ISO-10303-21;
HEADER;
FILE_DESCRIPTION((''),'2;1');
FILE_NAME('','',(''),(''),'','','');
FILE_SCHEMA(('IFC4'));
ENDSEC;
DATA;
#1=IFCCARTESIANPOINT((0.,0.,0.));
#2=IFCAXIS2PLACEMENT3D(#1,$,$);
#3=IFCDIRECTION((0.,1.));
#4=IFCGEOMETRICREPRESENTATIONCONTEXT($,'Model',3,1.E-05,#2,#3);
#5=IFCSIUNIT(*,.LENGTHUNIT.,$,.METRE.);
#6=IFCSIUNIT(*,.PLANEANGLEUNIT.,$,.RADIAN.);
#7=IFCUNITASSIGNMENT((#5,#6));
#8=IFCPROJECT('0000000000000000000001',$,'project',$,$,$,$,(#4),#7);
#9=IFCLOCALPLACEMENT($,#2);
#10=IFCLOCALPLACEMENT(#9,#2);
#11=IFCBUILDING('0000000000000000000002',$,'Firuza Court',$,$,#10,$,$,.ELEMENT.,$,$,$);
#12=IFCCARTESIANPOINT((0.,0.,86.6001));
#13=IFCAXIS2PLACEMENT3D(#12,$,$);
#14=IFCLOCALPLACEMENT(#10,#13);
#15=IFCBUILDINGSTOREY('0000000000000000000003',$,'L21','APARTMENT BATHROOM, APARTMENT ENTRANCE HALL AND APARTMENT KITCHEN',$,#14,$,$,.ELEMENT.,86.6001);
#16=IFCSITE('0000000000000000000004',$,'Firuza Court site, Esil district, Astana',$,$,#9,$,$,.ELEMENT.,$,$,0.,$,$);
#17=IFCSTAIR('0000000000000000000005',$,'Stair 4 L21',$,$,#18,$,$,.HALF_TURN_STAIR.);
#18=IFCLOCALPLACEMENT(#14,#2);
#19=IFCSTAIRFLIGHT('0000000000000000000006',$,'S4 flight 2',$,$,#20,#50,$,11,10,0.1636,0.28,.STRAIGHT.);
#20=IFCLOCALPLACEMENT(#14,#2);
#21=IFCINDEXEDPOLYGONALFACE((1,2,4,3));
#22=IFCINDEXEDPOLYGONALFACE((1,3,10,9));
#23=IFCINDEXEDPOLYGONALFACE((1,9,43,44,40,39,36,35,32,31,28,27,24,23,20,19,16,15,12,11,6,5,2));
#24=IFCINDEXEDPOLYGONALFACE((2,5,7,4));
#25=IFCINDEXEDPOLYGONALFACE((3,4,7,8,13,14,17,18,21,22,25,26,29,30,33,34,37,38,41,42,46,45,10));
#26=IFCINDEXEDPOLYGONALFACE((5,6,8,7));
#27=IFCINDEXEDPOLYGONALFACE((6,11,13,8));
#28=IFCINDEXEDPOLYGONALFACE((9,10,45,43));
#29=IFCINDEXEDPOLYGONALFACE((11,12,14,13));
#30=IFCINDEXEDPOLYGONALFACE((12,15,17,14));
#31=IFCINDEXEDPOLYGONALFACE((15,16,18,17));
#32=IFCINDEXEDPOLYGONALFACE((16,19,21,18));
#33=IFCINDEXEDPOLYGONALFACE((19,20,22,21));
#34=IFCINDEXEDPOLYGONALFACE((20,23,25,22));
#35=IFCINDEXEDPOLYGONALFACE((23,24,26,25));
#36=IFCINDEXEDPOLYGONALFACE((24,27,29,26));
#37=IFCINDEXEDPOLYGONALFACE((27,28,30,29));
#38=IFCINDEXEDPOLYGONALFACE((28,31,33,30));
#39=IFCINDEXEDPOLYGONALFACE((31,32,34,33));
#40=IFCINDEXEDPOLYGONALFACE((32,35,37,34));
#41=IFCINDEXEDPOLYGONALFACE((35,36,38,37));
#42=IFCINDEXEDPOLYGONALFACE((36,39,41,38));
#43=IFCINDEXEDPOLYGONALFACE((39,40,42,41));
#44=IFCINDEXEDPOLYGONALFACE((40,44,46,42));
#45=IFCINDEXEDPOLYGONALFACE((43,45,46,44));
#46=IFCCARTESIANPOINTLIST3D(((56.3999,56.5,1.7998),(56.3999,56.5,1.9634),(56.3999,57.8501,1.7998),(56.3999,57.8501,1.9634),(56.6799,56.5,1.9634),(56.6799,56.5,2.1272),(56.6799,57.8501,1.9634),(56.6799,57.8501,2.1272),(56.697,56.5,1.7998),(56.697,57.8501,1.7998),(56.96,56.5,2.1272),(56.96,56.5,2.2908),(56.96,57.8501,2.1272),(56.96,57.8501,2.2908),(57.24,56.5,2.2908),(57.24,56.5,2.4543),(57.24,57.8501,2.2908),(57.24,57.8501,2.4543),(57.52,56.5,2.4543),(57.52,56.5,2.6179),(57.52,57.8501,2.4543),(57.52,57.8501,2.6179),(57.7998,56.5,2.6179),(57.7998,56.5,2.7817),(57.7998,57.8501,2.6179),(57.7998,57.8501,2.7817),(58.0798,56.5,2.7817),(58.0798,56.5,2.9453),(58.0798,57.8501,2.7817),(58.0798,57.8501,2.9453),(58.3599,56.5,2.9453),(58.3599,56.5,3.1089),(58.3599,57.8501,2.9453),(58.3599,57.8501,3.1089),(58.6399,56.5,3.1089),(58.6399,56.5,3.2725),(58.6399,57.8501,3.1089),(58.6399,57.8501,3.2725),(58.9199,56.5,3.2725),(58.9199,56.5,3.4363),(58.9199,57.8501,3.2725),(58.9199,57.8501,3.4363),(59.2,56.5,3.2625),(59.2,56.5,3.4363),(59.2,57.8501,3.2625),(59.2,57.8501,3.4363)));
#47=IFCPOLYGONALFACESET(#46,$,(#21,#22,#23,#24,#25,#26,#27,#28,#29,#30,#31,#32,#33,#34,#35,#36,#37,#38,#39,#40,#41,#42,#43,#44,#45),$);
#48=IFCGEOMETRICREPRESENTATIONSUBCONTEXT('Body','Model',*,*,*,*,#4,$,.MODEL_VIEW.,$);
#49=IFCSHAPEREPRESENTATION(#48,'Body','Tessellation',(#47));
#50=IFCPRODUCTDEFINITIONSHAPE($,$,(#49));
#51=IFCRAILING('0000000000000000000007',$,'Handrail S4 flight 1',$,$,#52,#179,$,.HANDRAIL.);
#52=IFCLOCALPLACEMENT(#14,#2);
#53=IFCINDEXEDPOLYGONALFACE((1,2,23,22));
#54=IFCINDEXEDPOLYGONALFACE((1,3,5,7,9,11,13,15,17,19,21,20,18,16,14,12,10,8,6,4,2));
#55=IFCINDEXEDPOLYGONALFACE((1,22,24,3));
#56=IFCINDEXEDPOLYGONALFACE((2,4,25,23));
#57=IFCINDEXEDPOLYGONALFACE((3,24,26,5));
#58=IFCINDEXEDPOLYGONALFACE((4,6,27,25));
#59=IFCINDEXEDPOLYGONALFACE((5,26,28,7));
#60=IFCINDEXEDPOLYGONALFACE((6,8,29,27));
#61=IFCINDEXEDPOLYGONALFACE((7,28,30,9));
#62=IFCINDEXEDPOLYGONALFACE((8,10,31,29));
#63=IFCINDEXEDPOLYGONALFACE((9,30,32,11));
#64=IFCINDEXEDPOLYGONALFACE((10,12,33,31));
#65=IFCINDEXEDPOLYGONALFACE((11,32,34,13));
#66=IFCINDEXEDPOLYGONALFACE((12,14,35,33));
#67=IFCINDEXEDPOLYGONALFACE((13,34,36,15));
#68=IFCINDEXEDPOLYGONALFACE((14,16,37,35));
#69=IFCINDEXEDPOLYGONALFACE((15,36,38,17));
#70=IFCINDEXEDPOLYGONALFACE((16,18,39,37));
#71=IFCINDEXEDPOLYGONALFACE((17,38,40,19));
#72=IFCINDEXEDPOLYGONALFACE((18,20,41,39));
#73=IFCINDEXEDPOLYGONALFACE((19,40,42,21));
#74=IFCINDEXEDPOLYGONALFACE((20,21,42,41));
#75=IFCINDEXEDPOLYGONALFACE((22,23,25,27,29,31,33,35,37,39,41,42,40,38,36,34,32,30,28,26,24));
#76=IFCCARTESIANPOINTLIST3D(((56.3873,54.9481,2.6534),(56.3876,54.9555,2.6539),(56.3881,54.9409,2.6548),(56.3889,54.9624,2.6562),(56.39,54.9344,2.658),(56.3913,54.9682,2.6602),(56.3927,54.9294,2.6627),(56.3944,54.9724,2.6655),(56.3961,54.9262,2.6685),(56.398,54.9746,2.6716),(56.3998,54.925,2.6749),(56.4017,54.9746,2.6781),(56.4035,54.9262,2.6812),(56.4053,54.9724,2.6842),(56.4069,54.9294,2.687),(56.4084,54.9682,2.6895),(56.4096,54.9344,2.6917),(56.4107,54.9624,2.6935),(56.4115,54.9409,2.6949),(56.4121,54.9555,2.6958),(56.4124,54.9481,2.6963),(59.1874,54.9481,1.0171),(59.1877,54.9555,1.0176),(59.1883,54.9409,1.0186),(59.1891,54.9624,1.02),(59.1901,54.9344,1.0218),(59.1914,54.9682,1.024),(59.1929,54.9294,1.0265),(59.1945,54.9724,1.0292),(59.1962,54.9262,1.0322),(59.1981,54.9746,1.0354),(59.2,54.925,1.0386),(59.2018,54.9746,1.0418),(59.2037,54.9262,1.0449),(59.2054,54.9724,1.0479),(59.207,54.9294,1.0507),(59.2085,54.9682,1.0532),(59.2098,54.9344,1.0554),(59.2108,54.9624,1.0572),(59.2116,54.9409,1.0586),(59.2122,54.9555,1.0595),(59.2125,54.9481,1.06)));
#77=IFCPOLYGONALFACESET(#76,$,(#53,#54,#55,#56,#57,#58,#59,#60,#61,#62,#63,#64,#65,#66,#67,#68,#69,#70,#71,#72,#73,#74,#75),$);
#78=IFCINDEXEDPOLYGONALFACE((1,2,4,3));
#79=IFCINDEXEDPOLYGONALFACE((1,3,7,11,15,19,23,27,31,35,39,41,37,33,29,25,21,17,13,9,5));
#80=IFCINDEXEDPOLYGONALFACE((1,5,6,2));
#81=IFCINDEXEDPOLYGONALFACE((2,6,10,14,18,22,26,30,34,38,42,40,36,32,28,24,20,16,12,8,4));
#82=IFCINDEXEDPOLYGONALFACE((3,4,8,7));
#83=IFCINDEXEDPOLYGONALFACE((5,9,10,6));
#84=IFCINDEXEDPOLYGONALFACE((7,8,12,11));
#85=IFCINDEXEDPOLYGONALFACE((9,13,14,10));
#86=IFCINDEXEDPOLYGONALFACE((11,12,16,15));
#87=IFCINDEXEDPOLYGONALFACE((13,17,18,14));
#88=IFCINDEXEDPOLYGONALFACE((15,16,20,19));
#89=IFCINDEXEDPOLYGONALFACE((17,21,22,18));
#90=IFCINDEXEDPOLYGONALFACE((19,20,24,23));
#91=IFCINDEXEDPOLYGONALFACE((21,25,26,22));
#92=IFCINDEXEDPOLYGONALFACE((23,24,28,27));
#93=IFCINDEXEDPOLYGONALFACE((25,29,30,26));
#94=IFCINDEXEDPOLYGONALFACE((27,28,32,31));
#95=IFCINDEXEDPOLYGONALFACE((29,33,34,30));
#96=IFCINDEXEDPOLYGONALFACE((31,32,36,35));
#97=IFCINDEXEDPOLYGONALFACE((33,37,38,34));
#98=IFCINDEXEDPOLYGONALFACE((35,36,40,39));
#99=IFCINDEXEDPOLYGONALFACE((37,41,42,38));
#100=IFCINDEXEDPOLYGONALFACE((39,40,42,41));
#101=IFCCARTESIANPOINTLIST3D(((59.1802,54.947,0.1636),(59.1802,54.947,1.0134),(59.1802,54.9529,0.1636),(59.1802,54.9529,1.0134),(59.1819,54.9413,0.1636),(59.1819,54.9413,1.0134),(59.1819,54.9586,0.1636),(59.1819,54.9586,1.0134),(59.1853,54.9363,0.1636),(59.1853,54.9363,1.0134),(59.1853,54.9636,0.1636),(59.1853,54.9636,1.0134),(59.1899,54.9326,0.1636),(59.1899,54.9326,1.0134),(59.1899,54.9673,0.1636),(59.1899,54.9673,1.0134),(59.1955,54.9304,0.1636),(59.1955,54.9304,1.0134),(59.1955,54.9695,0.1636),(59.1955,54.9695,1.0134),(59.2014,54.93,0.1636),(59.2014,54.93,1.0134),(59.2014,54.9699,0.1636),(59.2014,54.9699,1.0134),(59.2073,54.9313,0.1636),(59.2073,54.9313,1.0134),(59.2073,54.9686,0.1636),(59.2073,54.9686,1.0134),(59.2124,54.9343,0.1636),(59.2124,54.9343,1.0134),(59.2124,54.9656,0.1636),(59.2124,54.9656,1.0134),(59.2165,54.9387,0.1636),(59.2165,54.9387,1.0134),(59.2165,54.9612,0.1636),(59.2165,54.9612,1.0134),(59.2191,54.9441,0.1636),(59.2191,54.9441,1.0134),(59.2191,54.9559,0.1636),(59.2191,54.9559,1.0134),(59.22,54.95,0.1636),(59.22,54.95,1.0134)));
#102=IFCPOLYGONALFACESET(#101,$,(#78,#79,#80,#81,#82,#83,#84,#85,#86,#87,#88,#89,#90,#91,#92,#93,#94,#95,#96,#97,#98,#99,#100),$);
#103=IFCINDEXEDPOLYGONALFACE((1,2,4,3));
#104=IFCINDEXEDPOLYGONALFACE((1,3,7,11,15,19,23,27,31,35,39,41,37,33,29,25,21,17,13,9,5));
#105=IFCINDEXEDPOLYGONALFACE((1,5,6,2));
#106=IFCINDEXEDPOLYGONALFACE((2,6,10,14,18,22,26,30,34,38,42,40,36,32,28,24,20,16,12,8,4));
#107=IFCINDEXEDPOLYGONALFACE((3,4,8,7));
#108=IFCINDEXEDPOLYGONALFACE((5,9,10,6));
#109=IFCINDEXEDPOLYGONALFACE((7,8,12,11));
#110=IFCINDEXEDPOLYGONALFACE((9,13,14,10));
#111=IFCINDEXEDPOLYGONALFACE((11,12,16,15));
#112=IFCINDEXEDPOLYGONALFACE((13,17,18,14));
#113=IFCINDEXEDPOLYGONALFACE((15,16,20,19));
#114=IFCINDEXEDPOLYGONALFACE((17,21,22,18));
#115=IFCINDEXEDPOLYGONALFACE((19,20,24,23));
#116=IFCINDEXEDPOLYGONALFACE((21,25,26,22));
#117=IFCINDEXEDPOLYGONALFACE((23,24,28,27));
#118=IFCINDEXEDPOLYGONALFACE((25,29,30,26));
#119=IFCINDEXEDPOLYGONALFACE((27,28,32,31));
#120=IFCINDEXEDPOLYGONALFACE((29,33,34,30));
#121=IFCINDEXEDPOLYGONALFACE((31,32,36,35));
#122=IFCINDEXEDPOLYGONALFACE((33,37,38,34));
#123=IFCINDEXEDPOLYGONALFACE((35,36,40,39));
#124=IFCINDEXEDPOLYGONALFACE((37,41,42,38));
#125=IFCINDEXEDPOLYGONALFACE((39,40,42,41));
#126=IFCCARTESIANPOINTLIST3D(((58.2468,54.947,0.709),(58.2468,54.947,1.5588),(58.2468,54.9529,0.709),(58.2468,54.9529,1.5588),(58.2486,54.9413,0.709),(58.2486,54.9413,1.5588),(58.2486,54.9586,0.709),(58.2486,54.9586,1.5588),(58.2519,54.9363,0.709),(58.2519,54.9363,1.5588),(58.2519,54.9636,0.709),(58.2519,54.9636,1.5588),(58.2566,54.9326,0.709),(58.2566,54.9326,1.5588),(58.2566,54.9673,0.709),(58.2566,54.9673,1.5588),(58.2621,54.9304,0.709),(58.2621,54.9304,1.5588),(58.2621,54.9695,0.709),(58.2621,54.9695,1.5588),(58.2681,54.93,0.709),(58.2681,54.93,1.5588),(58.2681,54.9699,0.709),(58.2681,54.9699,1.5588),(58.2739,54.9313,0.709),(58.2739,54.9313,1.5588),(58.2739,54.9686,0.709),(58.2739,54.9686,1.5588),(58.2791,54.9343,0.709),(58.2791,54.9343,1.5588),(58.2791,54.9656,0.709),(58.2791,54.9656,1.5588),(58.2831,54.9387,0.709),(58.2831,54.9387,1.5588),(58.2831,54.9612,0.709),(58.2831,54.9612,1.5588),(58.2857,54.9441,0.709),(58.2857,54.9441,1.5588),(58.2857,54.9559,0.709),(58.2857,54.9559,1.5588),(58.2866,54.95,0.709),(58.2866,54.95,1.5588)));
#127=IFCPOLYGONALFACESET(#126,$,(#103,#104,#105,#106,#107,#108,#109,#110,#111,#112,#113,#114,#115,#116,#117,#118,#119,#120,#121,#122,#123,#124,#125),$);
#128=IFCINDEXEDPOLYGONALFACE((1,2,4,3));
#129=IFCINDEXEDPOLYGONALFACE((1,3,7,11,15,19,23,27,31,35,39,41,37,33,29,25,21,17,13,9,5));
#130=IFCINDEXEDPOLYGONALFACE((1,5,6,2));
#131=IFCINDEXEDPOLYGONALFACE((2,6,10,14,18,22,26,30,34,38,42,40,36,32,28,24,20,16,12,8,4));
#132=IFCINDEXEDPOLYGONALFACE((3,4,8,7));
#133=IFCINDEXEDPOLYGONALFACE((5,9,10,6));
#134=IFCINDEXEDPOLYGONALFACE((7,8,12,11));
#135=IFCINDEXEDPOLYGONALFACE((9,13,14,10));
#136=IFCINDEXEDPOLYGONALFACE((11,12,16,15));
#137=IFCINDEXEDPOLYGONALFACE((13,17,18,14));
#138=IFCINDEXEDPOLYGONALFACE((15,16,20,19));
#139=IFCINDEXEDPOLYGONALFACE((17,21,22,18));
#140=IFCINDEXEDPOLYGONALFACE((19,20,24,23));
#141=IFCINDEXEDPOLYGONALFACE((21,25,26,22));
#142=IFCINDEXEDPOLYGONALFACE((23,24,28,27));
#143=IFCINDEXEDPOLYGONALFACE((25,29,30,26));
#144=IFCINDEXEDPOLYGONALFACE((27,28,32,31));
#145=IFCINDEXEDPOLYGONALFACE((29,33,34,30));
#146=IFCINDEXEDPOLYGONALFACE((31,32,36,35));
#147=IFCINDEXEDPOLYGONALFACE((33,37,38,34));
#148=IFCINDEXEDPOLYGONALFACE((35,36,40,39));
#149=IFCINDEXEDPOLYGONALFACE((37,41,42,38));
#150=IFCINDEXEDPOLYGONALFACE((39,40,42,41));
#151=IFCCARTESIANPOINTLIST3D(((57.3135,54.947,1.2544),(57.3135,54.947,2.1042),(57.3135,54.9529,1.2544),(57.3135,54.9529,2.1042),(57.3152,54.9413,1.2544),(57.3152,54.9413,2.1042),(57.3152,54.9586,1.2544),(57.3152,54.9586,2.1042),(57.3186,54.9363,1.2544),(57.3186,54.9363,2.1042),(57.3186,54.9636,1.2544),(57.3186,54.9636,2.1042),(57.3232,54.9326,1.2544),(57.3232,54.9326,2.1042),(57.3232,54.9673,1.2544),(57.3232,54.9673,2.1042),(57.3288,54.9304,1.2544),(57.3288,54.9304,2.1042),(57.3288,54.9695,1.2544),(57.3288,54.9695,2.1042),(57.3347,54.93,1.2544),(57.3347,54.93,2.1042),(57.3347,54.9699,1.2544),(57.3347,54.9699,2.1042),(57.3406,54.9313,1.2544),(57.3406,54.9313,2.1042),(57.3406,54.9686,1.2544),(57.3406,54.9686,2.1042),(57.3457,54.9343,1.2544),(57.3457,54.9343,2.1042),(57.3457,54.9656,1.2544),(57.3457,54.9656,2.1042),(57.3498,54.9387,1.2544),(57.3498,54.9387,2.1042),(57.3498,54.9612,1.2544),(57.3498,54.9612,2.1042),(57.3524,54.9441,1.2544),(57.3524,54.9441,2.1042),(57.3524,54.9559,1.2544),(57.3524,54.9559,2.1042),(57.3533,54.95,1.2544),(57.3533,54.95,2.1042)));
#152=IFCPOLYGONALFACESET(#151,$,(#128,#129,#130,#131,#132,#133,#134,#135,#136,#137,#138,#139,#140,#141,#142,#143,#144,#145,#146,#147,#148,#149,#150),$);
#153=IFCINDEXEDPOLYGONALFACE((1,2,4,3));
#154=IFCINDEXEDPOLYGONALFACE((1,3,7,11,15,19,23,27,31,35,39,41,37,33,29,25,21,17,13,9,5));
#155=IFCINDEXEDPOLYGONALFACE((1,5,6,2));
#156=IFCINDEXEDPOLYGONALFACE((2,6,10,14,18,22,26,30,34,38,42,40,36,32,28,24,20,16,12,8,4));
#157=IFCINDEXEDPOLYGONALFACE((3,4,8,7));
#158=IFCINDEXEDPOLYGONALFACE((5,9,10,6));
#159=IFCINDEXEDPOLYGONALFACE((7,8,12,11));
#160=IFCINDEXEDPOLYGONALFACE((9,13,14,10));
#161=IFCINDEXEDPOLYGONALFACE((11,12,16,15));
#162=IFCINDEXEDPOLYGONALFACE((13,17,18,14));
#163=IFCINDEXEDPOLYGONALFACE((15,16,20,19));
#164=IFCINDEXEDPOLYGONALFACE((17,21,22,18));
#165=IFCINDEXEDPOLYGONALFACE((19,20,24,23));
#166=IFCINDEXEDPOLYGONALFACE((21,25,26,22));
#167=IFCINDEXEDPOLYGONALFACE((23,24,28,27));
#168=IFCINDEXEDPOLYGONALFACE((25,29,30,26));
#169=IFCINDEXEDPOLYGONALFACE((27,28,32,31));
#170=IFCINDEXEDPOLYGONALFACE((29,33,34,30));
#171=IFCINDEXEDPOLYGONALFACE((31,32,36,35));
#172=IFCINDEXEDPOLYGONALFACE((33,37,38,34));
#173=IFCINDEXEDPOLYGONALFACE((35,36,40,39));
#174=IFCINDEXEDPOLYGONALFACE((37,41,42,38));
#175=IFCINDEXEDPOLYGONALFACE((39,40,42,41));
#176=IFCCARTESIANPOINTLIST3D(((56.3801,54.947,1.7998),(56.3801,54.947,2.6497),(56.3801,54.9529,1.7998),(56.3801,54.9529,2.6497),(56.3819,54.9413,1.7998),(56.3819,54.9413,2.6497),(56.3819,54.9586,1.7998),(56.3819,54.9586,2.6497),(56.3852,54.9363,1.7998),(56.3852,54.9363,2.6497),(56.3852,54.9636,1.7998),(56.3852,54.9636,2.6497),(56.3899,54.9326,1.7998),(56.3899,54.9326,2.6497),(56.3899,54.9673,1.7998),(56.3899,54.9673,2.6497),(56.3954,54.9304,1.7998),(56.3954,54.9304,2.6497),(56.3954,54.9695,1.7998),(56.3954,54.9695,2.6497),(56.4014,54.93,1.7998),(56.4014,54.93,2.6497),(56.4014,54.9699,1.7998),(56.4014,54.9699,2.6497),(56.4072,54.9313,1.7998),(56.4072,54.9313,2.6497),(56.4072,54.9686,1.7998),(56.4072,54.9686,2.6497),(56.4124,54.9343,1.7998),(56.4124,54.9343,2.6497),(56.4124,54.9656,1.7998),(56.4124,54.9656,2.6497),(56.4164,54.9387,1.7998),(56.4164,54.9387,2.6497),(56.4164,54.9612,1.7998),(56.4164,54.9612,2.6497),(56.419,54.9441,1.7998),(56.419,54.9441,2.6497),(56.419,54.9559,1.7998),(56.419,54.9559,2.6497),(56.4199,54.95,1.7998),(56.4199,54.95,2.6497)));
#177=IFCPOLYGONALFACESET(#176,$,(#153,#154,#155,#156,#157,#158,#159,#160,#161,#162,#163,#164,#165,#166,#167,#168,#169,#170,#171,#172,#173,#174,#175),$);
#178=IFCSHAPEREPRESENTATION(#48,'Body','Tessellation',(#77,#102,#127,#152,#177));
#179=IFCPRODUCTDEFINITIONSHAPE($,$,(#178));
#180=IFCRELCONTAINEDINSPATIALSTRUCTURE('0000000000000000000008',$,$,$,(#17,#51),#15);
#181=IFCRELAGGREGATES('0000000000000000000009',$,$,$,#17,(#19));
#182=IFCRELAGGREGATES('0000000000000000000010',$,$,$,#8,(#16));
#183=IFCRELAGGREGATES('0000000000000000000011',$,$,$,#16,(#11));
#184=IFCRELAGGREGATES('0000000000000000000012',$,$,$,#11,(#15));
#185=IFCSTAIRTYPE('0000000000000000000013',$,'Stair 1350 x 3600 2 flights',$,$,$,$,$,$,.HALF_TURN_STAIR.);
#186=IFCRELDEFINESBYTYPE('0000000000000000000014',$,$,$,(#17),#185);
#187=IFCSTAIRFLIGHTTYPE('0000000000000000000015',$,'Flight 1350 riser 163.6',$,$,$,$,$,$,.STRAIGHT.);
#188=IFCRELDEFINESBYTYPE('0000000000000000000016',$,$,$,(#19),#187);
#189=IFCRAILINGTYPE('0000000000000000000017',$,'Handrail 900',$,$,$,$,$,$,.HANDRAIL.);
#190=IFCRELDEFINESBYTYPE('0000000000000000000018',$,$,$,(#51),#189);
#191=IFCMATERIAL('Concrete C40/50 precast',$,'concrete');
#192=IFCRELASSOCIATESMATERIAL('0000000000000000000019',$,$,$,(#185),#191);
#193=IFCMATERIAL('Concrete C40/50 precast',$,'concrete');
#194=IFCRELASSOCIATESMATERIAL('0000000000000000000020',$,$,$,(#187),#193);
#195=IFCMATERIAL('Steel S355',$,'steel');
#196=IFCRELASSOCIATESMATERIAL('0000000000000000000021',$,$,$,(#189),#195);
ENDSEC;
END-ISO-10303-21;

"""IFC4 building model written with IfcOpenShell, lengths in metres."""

from ifc_helpers import new_model, si_unit, direction, frame, origin, origin_2d, place, context, subcontext, project, spatial, polyline, circle, outline, extrude, material, type_object, element, aggregate, save


model = new_model("IFC4")

# Units and contexts
model_context = context("Model", 3, precision=1e-05, world=origin(), true_north=direction((0.0, 1.0)))
body_context = subcontext(model_context, "Body", "Model", "MODEL_VIEW")
ifc_project = project(units=[si_unit("LENGTHUNIT", "METRE"), si_unit("PLANEANGLEUNIT", "RADIAN")], contexts=[model_context])

# Site, building, storey
site_placement = place(None, origin())
site = spatial("IfcSite", under=ifc_project, at=site_placement, Name="Firuza Court site, Esil district, Astana", CompositionType="ELEMENT", RefElevation=0.0)
building_placement = place(site_placement, origin())
building = spatial("IfcBuilding", under=site, at=building_placement, Name="Firuza Court", CompositionType="ELEMENT")
storey_placement = place(building_placement, frame((0.0, 0.0, 86.6001)))
storey = spatial("IfcBuildingStorey", under=building, at=storey_placement, Name="L21", Description="APARTMENT BATHROOM, APARTMENT ENTRANCE HALL AND APARTMENT KITCHEN", CompositionType="ELEMENT", Elevation=86.6001)

# Stair, stair flight
ifc_material_1 = material(Name="Concrete C40/50 precast", Category="concrete")
stair_type = type_object("IfcStairType", Name="Stair 1350 x 3600 2 flights", PredefinedType="HALF_TURN_STAIR", material=ifc_material_1)
stair_placement = place(storey_placement, origin())
stair = element("IfcStair", 1, at=stair_placement, inside=storey, type_object=stair_type, Name="Stair 4 L21", PredefinedType="HALF_TURN_STAIR")
ifc_material_2 = material(Name="Concrete C40/50 precast", Category="concrete")
stair_flight_type = type_object("IfcStairFlightType", Name="Flight 1350 riser 163.6", PredefinedType="STRAIGHT", material=ifc_material_2)
stair_flight_1_placement = place(storey_placement, frame((56.3999, 57.175, 1.7998), z_axis=(0.0, 0.0, 1.0), x_axis=(1.0, 0.0, 0.0)))
stair_flight_1 = element("IfcStairFlight", 2, at=stair_flight_1_placement, type_object=stair_flight_type, Name="S4 flight 2", NumberOfRisers=11, NumberOfTreads=10, PredefinedType="STRAIGHT", RiserHeight=0.1636, TreadLength=0.28, context=body_context, shape_type="SweptSolid", body=[
    extrude(outline(polyline([(0.0, 0.0), (0.0, 0.1636), (0.28, 0.1636), (0.28, 0.3274), (0.5601, 0.3274), (0.5601, 0.491), (0.8401, 0.491), (0.8401, 0.6545), (1.1201, 0.6545), (1.1201, 0.8181), (1.3999, 0.8181), (1.3999, 0.9819), (1.6799, 0.9819), (1.6799, 1.1455), (1.96, 1.1455), (1.96, 1.3091), (2.24, 1.3091), (2.24, 1.4727), (2.52, 1.4727), (2.52, 1.6365), (2.8, 1.6365), (2.8, 1.8), (2.8, 1.4626), (0.2971, 0.0), (0.0, 0.0)])), frame((0.0, 0.675, 0.0), z_axis=(0.0, -1.0, 0.0), x_axis=(1.0, 0.0, 0.0)), (0.0, 0.0, 1.0), 1.3501),
])
aggregate(stair, [stair_flight_1])

# Railing
ifc_material_3 = material(Name="Steel S355", Category="steel")
railing_type_1 = type_object("IfcRailingType", Name="Handrail 900", PredefinedType="HANDRAIL", material=ifc_material_3)
railing_1_placement = place(storey_placement, frame((59.2, 54.95, 0.1636)))
element("IfcRailing", 3, at=railing_1_placement, inside=storey, type_object=railing_type_1, Name="Handrail S4 flight 1", PredefinedType="HANDRAIL", context=body_context, shape_type="SweptSolid", body=[
    extrude(circle(Radius=0.0249, at=origin_2d()), frame((0.0, 0.0, 0.875), z_axis=(-0.863394, 0.0, 0.504531), x_axis=(0.0, -1.0, 0.0)), (0.0, 0.0, 1.0), 3.2432),
    extrude(circle(Radius=0.02, at=origin_2d()), origin(), (0.0, 0.0, 1.0), 0.8499),
    extrude(circle(Radius=0.02, at=origin_2d()), frame((-0.9333, 0.0, 0.5454)), (0.0, 0.0, 1.0), 0.8499),
    extrude(circle(Radius=0.02, at=origin_2d()), frame((-1.8667, 0.0, 1.0908)), (0.0, 0.0, 1.0), 0.8499),
    extrude(circle(Radius=0.02, at=origin_2d()), frame((-2.8, 0.0, 1.6362)), (0.0, 0.0, 1.0), 0.8499),
])

save(model, "model.ifc")
